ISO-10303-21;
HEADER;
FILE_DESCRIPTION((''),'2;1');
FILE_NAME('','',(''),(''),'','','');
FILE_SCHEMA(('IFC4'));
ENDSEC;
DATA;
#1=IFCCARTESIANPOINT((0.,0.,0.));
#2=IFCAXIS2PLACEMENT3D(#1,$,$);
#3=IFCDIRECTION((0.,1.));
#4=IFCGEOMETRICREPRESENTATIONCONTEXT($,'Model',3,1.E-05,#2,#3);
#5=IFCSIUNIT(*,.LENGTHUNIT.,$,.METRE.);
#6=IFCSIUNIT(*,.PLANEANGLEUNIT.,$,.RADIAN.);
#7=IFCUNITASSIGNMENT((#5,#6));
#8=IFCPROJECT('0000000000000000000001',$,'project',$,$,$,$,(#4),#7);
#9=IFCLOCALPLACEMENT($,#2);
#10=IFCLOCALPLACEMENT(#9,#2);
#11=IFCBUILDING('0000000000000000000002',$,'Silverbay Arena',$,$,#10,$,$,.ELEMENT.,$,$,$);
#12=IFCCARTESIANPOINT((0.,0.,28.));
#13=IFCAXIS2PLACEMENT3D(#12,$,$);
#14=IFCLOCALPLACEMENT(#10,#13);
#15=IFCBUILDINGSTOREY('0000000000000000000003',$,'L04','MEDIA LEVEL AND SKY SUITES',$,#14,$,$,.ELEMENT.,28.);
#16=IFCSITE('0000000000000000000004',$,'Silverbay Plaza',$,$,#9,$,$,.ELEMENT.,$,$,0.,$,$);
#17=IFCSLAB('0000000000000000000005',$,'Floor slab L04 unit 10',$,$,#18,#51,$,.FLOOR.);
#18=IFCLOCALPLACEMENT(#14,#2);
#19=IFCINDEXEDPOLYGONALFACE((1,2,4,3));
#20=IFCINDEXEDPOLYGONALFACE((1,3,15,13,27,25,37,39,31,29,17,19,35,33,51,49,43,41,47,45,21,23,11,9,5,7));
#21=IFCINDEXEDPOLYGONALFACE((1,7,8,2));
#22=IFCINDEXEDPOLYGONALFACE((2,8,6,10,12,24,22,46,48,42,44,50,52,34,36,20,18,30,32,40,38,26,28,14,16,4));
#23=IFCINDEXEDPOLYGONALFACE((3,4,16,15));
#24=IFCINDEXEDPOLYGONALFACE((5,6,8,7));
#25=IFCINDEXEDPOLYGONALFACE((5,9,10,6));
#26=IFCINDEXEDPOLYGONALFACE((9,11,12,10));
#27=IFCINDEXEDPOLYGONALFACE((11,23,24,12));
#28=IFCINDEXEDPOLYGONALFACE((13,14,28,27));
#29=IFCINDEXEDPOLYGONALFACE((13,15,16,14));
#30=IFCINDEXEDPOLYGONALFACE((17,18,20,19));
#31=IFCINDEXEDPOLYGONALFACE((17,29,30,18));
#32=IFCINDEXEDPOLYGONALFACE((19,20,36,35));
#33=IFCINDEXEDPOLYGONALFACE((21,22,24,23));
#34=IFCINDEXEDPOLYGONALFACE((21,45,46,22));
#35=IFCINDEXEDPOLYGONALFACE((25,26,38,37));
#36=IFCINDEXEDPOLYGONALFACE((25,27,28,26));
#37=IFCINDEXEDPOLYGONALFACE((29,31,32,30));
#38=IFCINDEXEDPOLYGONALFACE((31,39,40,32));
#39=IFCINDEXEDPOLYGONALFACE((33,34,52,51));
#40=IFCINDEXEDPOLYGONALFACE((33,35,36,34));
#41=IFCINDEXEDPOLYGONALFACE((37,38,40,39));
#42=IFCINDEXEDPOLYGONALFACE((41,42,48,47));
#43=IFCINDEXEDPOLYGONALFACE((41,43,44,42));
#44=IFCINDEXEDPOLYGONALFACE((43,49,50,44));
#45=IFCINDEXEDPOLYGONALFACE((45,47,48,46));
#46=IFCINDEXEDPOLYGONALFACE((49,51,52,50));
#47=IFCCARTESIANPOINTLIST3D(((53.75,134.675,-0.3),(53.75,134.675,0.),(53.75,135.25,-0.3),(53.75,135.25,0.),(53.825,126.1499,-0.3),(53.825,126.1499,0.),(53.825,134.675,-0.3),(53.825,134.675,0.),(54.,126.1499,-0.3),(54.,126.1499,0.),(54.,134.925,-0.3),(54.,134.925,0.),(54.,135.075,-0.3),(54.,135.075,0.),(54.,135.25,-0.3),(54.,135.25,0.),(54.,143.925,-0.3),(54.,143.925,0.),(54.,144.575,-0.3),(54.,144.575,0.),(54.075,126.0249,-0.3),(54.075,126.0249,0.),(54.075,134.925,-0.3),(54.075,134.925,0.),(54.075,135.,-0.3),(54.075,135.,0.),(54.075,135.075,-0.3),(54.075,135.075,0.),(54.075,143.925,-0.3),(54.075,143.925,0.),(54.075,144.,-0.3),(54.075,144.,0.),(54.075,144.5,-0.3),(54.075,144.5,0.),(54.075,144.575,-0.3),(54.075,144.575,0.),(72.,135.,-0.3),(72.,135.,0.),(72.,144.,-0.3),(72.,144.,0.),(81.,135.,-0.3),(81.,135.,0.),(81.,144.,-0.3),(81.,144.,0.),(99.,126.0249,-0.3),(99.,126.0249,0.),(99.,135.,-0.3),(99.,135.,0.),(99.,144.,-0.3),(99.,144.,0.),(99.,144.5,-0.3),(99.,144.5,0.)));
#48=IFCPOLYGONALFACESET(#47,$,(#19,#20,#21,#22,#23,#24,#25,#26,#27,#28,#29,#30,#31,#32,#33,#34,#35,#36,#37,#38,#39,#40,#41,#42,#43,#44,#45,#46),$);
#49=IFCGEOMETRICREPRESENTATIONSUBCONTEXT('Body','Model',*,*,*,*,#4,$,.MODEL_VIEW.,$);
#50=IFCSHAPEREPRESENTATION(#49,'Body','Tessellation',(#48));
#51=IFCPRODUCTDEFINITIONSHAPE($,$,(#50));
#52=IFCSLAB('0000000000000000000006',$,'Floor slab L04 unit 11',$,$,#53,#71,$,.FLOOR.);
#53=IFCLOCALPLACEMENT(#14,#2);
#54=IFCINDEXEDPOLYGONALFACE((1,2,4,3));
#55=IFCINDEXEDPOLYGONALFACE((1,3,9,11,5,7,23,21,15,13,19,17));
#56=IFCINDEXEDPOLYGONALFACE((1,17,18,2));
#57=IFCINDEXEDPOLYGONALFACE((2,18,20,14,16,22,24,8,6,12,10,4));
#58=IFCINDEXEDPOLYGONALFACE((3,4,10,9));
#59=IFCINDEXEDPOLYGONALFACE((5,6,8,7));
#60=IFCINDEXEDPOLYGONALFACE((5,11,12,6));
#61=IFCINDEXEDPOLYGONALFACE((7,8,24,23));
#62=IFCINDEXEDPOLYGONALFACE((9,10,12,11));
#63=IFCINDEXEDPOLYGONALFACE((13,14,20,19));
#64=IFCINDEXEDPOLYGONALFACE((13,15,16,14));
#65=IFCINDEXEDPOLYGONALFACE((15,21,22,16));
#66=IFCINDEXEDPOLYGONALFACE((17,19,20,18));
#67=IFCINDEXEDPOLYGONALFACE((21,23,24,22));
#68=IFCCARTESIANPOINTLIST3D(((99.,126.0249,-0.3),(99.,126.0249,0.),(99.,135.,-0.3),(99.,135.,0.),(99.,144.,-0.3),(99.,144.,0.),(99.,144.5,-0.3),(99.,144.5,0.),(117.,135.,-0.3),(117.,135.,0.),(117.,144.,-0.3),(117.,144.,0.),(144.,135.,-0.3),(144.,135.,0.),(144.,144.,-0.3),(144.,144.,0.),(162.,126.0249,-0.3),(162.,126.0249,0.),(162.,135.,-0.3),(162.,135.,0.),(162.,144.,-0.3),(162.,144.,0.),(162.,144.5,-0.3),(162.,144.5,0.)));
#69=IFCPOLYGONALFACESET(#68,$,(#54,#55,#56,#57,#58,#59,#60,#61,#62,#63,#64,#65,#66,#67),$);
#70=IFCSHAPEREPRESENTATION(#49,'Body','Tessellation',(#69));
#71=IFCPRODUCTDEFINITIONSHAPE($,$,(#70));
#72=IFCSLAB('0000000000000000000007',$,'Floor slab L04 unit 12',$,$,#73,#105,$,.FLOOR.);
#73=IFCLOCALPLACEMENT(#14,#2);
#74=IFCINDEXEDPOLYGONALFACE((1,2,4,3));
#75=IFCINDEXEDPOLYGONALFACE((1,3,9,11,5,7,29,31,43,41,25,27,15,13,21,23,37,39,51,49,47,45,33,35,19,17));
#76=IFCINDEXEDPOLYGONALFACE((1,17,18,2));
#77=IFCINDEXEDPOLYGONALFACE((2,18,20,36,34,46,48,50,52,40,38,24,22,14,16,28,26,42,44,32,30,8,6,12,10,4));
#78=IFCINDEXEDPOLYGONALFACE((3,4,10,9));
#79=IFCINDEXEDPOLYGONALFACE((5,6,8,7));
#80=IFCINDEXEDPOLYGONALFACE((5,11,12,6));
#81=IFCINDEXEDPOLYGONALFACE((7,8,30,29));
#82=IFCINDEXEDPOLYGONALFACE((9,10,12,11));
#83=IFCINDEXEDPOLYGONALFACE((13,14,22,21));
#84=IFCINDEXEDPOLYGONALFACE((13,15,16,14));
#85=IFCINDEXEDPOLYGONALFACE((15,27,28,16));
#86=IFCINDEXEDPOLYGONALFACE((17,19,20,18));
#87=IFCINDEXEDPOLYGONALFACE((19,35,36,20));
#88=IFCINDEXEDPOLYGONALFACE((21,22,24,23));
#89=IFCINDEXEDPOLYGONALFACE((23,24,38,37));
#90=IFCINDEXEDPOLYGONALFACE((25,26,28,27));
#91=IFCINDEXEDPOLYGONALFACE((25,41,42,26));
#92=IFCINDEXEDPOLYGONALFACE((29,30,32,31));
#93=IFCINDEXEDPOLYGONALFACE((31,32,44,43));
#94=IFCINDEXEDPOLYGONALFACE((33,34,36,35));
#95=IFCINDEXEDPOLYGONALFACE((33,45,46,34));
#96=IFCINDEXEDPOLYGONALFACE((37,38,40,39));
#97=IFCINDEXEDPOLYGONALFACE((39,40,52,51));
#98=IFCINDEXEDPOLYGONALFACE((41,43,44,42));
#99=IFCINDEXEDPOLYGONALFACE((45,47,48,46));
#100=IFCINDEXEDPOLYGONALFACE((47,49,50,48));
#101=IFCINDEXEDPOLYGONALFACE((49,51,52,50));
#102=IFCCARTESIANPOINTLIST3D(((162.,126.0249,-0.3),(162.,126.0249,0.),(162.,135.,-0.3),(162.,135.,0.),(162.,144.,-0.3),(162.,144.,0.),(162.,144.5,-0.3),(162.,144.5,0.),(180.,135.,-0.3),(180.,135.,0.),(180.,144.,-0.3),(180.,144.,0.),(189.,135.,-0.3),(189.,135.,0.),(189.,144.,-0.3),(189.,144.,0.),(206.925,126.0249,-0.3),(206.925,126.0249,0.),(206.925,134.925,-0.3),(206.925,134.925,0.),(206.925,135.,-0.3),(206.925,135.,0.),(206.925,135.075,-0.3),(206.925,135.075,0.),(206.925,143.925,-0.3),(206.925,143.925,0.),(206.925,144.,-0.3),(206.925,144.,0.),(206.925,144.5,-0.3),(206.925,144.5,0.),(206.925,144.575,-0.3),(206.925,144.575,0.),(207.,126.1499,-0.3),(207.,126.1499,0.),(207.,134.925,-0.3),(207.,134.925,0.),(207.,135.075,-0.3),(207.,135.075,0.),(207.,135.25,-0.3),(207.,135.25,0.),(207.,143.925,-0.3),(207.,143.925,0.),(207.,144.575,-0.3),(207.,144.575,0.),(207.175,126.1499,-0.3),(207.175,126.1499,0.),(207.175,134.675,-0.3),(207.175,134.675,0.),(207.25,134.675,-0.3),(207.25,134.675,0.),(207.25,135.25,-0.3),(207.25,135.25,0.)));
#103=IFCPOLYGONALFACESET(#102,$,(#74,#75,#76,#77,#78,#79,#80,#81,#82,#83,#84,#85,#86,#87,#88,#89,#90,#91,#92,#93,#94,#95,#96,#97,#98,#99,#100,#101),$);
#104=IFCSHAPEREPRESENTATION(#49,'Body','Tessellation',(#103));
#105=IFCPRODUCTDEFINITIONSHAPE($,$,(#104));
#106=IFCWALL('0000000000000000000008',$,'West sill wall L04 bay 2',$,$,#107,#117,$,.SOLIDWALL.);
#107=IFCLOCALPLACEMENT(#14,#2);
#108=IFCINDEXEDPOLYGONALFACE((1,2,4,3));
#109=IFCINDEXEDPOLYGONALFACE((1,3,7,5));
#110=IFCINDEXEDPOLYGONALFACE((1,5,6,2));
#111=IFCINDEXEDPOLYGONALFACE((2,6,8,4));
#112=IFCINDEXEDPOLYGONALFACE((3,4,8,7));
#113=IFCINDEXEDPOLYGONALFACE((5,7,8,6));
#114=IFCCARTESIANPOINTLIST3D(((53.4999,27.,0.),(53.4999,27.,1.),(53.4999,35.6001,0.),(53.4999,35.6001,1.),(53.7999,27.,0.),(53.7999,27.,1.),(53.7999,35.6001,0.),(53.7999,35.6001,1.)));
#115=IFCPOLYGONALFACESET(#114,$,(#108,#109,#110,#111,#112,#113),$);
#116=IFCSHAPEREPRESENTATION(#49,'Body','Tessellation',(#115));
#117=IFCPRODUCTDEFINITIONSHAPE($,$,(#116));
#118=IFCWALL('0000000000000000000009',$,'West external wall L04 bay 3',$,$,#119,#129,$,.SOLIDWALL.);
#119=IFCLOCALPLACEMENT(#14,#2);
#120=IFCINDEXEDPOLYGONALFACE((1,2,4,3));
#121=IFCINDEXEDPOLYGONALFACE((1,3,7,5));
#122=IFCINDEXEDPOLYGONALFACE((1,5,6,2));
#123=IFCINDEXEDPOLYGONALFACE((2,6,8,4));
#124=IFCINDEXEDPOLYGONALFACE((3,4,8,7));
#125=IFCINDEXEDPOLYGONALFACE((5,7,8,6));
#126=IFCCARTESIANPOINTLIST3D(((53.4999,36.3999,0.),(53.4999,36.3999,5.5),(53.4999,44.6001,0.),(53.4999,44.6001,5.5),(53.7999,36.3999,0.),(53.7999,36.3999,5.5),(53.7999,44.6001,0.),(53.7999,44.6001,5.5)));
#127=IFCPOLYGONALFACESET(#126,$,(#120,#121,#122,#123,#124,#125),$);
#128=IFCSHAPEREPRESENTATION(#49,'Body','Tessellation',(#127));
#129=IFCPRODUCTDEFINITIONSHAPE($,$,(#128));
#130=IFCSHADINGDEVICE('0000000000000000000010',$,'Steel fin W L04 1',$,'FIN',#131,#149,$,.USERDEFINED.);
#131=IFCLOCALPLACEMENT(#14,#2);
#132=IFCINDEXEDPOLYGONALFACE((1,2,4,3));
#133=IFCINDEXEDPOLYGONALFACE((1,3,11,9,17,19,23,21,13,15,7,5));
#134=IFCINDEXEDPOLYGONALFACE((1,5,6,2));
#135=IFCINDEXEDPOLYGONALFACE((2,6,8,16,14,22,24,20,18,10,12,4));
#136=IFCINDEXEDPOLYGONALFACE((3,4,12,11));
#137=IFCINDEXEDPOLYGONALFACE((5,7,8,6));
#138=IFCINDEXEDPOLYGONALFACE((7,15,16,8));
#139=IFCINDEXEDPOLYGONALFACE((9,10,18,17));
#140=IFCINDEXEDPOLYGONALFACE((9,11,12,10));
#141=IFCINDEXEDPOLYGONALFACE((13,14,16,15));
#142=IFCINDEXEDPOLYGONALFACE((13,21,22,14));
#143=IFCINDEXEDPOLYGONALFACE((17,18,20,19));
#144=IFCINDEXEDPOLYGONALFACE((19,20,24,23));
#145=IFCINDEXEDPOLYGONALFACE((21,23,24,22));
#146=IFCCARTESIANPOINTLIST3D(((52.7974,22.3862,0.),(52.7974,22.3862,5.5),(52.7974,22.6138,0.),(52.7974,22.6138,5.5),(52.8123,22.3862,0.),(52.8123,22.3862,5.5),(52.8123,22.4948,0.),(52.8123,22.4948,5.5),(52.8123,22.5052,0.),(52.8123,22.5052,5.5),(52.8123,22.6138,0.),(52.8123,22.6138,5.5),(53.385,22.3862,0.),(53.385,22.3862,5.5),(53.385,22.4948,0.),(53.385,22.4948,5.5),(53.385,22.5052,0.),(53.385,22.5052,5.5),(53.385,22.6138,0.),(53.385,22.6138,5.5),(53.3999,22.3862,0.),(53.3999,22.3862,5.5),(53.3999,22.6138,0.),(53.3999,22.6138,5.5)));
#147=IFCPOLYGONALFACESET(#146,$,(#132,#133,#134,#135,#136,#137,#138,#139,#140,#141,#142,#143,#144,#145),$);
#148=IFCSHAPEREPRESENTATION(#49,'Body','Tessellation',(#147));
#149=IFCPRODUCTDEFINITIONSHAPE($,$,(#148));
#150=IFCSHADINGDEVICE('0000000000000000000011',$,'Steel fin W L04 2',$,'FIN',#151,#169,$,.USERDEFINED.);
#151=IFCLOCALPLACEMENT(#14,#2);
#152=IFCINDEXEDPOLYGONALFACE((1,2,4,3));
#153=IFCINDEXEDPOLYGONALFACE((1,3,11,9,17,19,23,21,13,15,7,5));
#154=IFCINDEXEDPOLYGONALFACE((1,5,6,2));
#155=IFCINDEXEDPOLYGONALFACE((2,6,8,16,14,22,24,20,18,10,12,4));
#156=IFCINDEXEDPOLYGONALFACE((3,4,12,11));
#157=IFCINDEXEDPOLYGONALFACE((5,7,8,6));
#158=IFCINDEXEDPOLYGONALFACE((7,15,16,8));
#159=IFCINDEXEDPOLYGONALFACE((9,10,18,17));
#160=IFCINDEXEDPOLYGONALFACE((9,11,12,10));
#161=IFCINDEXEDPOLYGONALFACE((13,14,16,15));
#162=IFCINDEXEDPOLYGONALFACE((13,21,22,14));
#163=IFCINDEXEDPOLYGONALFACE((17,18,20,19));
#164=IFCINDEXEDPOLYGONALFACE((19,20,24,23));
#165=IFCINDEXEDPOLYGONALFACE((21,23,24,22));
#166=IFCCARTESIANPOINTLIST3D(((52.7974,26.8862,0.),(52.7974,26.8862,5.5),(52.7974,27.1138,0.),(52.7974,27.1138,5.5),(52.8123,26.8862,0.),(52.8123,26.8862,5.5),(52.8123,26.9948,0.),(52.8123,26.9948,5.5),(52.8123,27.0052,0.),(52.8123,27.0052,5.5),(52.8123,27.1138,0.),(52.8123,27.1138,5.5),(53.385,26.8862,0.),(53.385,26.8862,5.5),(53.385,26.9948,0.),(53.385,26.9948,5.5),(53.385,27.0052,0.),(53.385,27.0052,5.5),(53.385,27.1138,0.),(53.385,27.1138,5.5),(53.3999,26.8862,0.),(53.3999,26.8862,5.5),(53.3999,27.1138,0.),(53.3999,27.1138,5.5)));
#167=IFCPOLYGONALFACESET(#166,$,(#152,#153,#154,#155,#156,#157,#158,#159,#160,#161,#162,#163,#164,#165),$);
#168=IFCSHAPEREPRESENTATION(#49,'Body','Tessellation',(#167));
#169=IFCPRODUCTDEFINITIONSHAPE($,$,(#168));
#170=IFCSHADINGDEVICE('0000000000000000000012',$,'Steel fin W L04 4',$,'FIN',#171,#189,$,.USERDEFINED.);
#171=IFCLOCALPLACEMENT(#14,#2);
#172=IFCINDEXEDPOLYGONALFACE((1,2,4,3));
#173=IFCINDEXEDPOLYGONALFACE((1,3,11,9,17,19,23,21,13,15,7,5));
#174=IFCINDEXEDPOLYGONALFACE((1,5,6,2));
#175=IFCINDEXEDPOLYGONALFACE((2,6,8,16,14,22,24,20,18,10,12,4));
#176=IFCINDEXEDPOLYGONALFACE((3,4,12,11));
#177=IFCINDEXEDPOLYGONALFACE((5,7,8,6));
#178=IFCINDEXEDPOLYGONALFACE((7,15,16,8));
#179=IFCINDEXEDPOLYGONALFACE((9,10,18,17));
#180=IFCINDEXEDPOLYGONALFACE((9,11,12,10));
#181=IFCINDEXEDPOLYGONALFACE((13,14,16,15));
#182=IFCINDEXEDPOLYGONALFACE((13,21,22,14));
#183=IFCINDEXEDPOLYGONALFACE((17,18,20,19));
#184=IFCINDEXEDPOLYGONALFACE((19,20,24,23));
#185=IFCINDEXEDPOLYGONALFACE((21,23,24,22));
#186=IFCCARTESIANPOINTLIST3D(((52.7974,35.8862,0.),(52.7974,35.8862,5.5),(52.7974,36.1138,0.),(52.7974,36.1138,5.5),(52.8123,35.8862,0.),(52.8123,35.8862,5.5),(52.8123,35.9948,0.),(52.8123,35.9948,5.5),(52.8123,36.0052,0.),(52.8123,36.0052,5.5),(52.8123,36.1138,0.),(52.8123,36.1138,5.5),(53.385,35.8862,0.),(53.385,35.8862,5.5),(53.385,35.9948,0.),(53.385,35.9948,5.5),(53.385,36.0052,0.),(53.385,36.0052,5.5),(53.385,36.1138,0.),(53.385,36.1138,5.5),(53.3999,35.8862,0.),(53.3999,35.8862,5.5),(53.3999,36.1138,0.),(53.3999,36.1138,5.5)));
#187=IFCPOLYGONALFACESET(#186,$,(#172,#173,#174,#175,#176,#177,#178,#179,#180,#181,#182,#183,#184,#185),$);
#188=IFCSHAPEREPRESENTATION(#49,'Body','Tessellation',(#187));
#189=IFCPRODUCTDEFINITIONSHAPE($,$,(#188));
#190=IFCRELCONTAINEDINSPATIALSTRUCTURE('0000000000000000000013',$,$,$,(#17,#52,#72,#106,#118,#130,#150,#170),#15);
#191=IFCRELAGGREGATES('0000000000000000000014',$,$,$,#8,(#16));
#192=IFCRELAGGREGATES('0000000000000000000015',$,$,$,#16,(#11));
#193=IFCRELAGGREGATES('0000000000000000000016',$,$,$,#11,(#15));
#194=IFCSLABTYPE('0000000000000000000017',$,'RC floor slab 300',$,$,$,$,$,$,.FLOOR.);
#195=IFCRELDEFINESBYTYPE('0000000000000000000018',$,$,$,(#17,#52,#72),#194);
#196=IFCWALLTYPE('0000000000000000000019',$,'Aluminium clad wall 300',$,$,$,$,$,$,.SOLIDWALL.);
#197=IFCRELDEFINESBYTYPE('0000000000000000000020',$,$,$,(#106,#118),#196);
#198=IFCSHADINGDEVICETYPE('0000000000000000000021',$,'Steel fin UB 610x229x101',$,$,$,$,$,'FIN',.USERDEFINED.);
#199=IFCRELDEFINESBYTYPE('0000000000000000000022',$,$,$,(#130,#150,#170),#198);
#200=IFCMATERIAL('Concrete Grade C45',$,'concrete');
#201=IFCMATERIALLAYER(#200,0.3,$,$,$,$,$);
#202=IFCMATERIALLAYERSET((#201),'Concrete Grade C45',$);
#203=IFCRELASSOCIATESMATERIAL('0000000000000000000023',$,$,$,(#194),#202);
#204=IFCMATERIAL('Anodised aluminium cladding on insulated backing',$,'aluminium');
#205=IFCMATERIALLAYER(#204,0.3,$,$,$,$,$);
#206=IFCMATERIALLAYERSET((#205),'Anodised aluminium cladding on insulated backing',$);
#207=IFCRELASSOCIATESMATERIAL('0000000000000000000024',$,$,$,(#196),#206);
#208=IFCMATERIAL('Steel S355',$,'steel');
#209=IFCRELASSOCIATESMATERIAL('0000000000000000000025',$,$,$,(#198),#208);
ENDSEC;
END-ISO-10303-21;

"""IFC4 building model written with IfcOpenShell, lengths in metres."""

from ifc_helpers import new_model, si_unit, direction, frame, frame_2d, origin, origin_2d, place, context, subcontext, project, spatial, polyline, rectangle, i_section, outline, extrude, material, layer, layer_set, material_profile, profile_set, type_object, element, save


model = new_model("IFC4")

# Units and contexts
model_context = context("Model", 3, precision=1e-05, world=origin(), true_north=direction((0.0, 1.0)))
body_context = subcontext(model_context, "Body", "Model", "MODEL_VIEW")
ifc_project = project(units=[si_unit("LENGTHUNIT", "METRE"), si_unit("PLANEANGLEUNIT", "RADIAN")], contexts=[model_context])

# Site, building, storey
site_placement = place(None, origin())
site = spatial("IfcSite", under=ifc_project, at=site_placement, Name="Silverbay Plaza", CompositionType="ELEMENT", RefElevation=0.0)
building_placement = place(site_placement, origin())
building = spatial("IfcBuilding", under=site, at=building_placement, Name="Silverbay Arena", CompositionType="ELEMENT")
storey_placement = place(building_placement, frame((0.0, 0.0, 28.0)))
storey = spatial("IfcBuildingStorey", under=building, at=storey_placement, Name="L04", Description="MEDIA LEVEL AND SKY SUITES", CompositionType="ELEMENT", Elevation=28.0)

# Slabs
ifc_material_1 = material(Name="Concrete Grade C45", Category="concrete")
ifc_layer_1 = layer(ifc_material_1, 0.3)
ifc_layer_set_1 = layer_set([ifc_layer_1], Name="Concrete Grade C45")
slab_type = type_object("IfcSlabType", Name="RC floor slab 300", PredefinedType="FLOOR", material=ifc_layer_set_1)
slab_1_placement = place(storey_placement, frame((0.0, 0.0, -0.3)))
element("IfcSlab", 1, at=slab_1_placement, inside=storey, type_object=slab_type, Name="Floor slab L04 unit 10", PredefinedType="FLOOR", context=body_context, shape_type="SweptSolid", body=[
    extrude(outline(polyline([(53.75, 134.675), (53.75, 135.25), (54.0, 135.25), (54.0, 135.075), (54.075, 135.075), (54.075, 135.0), (72.0, 135.0), (72.0, 144.0), (54.075, 144.0), (54.075, 143.925), (54.0, 143.925), (54.0, 144.575), (54.075, 144.575), (54.075, 144.5), (99.0, 144.5), (99.0, 144.0), (81.0, 144.0), (81.0, 135.0), (99.0, 135.0), (99.0, 126.0249), (54.075, 126.0249), (54.075, 134.925), (54.0, 134.925), (54.0, 126.1499), (53.825, 126.1499), (53.825, 134.675), (53.75, 134.675)])), origin(), (0.0, 0.0, 1.0), 0.3),
])
slab_2_placement = place(storey_placement, frame((0.0, 0.0, -0.3)))
element("IfcSlab", 2, at=slab_2_placement, inside=storey, type_object=slab_type, Name="Floor slab L04 unit 11", PredefinedType="FLOOR", context=body_context, shape_type="SweptSolid", body=[
    extrude(outline(polyline([(144.0, 144.0), (144.0, 135.0), (162.0, 135.0), (162.0, 126.0249), (99.0, 126.0249), (99.0, 135.0), (117.0, 135.0), (117.0, 144.0), (99.0, 144.0), (99.0, 144.5), (162.0, 144.5), (162.0, 144.0), (144.0, 144.0)])), origin(), (0.0, 0.0, 1.0), 0.3),
])
slab_3_placement = place(storey_placement, frame((0.0, 0.0, -0.3)))
element("IfcSlab", 3, at=slab_3_placement, inside=storey, type_object=slab_type, Name="Floor slab L04 unit 12", PredefinedType="FLOOR", context=body_context, shape_type="SweptSolid", body=[
    extrude(outline(polyline([(207.25, 134.675), (207.175, 134.675), (207.175, 126.1499), (207.0, 126.1499), (207.0, 134.925), (206.925, 134.925), (206.925, 126.0249), (162.0, 126.0249), (162.0, 135.0), (180.0, 135.0), (180.0, 144.0), (162.0, 144.0), (162.0, 144.5), (206.925, 144.5), (206.925, 144.575), (207.0, 144.575), (207.0, 143.925), (206.925, 143.925), (206.925, 144.0), (189.0, 144.0), (189.0, 135.0), (206.925, 135.0), (206.925, 135.075), (207.0, 135.075), (207.0, 135.25), (207.25, 135.25), (207.25, 134.675)])), origin(), (0.0, 0.0, 1.0), 0.3),
])

# Walls
ifc_material_2 = material(Name="Anodised aluminium cladding on insulated backing", Category="aluminium")
ifc_layer_2 = layer(ifc_material_2, 0.3)
ifc_layer_set_2 = layer_set([ifc_layer_2], Name="Anodised aluminium cladding on insulated backing")
wall_type = type_object("IfcWallType", Name="Aluminium clad wall 300", PredefinedType="SOLIDWALL", material=ifc_layer_set_2)
wall_1_placement = place(storey_placement, frame((53.6499, 35.6001, 0.0), z_axis=(0.0, 0.0, 1.0), x_axis=(0.0, -1.0, 0.0)))
element("IfcWall", 4, at=wall_1_placement, inside=storey, type_object=wall_type, Name="West sill wall L04 bay 2", PredefinedType="SOLIDWALL", context=body_context, shape_type="SweptSolid", body=[
    extrude(rectangle(XDim=8.6001, YDim=0.3, at=frame_2d((4.3, 0.0))), origin(), (0.0, 0.0, 1.0), 1.0),
])
wall_2_placement = place(storey_placement, frame((53.6499, 44.6001, 0.0), z_axis=(0.0, 0.0, 1.0), x_axis=(0.0, -1.0, 0.0)))
element("IfcWall", 5, at=wall_2_placement, inside=storey, type_object=wall_type, Name="West external wall L04 bay 3", PredefinedType="SOLIDWALL", context=body_context, shape_type="SweptSolid", body=[
    extrude(rectangle(XDim=8.2002, YDim=0.3, at=frame_2d((4.1001, 0.0))), origin(), (0.0, 0.0, 1.0), 5.5),
])

# Shading devices
ifc_material_3 = material(Name="Steel S355", Category="steel")
ifc_material_profile_1 = material_profile(ifc_material_3, i_section(OverallWidth=0.2275, OverallDepth=0.6025, WebThickness=0.0105, FlangeThickness=0.0149, at=origin_2d()), Name="UB 610x229x101")
ifc_profile_set_1 = profile_set([ifc_material_profile_1], Name="Steel S355")
shading_device_type = type_object("IfcShadingDeviceType", Name="Steel fin UB 610x229x101", ElementType="FIN", PredefinedType="USERDEFINED", material=ifc_profile_set_1)
for number, where, z_axis, x_axis, name in (
    (6, (53.0986, 22.5, 0.0), (0.0, 0.0, 1.0), (0.0, 1.0, 0.0), "Steel fin W L04 1"),
    (7, (53.0986, 27.0, 0.0), (0.0, 0.0, 1.0), (0.0, 1.0, 0.0), "Steel fin W L04 2"),
    (8, (53.0986, 36.0, 0.0), (0.0, 0.0, 1.0), (0.0, 1.0, 0.0), "Steel fin W L04 4"),
):
    element("IfcShadingDevice", number, at=place(storey_placement, frame(where, z_axis=z_axis, x_axis=x_axis)), inside=storey, type_object=shading_device_type, Name=name, ObjectType="FIN", PredefinedType="USERDEFINED", context=body_context, shape_type="SweptSolid", body=[
        extrude(i_section(OverallWidth=0.2275, OverallDepth=0.6025, WebThickness=0.0105, FlangeThickness=0.0149, at=origin_2d()), origin(), (0.0, 0.0, 1.0), 5.5),
    ])

save(model, "model.ifc")
